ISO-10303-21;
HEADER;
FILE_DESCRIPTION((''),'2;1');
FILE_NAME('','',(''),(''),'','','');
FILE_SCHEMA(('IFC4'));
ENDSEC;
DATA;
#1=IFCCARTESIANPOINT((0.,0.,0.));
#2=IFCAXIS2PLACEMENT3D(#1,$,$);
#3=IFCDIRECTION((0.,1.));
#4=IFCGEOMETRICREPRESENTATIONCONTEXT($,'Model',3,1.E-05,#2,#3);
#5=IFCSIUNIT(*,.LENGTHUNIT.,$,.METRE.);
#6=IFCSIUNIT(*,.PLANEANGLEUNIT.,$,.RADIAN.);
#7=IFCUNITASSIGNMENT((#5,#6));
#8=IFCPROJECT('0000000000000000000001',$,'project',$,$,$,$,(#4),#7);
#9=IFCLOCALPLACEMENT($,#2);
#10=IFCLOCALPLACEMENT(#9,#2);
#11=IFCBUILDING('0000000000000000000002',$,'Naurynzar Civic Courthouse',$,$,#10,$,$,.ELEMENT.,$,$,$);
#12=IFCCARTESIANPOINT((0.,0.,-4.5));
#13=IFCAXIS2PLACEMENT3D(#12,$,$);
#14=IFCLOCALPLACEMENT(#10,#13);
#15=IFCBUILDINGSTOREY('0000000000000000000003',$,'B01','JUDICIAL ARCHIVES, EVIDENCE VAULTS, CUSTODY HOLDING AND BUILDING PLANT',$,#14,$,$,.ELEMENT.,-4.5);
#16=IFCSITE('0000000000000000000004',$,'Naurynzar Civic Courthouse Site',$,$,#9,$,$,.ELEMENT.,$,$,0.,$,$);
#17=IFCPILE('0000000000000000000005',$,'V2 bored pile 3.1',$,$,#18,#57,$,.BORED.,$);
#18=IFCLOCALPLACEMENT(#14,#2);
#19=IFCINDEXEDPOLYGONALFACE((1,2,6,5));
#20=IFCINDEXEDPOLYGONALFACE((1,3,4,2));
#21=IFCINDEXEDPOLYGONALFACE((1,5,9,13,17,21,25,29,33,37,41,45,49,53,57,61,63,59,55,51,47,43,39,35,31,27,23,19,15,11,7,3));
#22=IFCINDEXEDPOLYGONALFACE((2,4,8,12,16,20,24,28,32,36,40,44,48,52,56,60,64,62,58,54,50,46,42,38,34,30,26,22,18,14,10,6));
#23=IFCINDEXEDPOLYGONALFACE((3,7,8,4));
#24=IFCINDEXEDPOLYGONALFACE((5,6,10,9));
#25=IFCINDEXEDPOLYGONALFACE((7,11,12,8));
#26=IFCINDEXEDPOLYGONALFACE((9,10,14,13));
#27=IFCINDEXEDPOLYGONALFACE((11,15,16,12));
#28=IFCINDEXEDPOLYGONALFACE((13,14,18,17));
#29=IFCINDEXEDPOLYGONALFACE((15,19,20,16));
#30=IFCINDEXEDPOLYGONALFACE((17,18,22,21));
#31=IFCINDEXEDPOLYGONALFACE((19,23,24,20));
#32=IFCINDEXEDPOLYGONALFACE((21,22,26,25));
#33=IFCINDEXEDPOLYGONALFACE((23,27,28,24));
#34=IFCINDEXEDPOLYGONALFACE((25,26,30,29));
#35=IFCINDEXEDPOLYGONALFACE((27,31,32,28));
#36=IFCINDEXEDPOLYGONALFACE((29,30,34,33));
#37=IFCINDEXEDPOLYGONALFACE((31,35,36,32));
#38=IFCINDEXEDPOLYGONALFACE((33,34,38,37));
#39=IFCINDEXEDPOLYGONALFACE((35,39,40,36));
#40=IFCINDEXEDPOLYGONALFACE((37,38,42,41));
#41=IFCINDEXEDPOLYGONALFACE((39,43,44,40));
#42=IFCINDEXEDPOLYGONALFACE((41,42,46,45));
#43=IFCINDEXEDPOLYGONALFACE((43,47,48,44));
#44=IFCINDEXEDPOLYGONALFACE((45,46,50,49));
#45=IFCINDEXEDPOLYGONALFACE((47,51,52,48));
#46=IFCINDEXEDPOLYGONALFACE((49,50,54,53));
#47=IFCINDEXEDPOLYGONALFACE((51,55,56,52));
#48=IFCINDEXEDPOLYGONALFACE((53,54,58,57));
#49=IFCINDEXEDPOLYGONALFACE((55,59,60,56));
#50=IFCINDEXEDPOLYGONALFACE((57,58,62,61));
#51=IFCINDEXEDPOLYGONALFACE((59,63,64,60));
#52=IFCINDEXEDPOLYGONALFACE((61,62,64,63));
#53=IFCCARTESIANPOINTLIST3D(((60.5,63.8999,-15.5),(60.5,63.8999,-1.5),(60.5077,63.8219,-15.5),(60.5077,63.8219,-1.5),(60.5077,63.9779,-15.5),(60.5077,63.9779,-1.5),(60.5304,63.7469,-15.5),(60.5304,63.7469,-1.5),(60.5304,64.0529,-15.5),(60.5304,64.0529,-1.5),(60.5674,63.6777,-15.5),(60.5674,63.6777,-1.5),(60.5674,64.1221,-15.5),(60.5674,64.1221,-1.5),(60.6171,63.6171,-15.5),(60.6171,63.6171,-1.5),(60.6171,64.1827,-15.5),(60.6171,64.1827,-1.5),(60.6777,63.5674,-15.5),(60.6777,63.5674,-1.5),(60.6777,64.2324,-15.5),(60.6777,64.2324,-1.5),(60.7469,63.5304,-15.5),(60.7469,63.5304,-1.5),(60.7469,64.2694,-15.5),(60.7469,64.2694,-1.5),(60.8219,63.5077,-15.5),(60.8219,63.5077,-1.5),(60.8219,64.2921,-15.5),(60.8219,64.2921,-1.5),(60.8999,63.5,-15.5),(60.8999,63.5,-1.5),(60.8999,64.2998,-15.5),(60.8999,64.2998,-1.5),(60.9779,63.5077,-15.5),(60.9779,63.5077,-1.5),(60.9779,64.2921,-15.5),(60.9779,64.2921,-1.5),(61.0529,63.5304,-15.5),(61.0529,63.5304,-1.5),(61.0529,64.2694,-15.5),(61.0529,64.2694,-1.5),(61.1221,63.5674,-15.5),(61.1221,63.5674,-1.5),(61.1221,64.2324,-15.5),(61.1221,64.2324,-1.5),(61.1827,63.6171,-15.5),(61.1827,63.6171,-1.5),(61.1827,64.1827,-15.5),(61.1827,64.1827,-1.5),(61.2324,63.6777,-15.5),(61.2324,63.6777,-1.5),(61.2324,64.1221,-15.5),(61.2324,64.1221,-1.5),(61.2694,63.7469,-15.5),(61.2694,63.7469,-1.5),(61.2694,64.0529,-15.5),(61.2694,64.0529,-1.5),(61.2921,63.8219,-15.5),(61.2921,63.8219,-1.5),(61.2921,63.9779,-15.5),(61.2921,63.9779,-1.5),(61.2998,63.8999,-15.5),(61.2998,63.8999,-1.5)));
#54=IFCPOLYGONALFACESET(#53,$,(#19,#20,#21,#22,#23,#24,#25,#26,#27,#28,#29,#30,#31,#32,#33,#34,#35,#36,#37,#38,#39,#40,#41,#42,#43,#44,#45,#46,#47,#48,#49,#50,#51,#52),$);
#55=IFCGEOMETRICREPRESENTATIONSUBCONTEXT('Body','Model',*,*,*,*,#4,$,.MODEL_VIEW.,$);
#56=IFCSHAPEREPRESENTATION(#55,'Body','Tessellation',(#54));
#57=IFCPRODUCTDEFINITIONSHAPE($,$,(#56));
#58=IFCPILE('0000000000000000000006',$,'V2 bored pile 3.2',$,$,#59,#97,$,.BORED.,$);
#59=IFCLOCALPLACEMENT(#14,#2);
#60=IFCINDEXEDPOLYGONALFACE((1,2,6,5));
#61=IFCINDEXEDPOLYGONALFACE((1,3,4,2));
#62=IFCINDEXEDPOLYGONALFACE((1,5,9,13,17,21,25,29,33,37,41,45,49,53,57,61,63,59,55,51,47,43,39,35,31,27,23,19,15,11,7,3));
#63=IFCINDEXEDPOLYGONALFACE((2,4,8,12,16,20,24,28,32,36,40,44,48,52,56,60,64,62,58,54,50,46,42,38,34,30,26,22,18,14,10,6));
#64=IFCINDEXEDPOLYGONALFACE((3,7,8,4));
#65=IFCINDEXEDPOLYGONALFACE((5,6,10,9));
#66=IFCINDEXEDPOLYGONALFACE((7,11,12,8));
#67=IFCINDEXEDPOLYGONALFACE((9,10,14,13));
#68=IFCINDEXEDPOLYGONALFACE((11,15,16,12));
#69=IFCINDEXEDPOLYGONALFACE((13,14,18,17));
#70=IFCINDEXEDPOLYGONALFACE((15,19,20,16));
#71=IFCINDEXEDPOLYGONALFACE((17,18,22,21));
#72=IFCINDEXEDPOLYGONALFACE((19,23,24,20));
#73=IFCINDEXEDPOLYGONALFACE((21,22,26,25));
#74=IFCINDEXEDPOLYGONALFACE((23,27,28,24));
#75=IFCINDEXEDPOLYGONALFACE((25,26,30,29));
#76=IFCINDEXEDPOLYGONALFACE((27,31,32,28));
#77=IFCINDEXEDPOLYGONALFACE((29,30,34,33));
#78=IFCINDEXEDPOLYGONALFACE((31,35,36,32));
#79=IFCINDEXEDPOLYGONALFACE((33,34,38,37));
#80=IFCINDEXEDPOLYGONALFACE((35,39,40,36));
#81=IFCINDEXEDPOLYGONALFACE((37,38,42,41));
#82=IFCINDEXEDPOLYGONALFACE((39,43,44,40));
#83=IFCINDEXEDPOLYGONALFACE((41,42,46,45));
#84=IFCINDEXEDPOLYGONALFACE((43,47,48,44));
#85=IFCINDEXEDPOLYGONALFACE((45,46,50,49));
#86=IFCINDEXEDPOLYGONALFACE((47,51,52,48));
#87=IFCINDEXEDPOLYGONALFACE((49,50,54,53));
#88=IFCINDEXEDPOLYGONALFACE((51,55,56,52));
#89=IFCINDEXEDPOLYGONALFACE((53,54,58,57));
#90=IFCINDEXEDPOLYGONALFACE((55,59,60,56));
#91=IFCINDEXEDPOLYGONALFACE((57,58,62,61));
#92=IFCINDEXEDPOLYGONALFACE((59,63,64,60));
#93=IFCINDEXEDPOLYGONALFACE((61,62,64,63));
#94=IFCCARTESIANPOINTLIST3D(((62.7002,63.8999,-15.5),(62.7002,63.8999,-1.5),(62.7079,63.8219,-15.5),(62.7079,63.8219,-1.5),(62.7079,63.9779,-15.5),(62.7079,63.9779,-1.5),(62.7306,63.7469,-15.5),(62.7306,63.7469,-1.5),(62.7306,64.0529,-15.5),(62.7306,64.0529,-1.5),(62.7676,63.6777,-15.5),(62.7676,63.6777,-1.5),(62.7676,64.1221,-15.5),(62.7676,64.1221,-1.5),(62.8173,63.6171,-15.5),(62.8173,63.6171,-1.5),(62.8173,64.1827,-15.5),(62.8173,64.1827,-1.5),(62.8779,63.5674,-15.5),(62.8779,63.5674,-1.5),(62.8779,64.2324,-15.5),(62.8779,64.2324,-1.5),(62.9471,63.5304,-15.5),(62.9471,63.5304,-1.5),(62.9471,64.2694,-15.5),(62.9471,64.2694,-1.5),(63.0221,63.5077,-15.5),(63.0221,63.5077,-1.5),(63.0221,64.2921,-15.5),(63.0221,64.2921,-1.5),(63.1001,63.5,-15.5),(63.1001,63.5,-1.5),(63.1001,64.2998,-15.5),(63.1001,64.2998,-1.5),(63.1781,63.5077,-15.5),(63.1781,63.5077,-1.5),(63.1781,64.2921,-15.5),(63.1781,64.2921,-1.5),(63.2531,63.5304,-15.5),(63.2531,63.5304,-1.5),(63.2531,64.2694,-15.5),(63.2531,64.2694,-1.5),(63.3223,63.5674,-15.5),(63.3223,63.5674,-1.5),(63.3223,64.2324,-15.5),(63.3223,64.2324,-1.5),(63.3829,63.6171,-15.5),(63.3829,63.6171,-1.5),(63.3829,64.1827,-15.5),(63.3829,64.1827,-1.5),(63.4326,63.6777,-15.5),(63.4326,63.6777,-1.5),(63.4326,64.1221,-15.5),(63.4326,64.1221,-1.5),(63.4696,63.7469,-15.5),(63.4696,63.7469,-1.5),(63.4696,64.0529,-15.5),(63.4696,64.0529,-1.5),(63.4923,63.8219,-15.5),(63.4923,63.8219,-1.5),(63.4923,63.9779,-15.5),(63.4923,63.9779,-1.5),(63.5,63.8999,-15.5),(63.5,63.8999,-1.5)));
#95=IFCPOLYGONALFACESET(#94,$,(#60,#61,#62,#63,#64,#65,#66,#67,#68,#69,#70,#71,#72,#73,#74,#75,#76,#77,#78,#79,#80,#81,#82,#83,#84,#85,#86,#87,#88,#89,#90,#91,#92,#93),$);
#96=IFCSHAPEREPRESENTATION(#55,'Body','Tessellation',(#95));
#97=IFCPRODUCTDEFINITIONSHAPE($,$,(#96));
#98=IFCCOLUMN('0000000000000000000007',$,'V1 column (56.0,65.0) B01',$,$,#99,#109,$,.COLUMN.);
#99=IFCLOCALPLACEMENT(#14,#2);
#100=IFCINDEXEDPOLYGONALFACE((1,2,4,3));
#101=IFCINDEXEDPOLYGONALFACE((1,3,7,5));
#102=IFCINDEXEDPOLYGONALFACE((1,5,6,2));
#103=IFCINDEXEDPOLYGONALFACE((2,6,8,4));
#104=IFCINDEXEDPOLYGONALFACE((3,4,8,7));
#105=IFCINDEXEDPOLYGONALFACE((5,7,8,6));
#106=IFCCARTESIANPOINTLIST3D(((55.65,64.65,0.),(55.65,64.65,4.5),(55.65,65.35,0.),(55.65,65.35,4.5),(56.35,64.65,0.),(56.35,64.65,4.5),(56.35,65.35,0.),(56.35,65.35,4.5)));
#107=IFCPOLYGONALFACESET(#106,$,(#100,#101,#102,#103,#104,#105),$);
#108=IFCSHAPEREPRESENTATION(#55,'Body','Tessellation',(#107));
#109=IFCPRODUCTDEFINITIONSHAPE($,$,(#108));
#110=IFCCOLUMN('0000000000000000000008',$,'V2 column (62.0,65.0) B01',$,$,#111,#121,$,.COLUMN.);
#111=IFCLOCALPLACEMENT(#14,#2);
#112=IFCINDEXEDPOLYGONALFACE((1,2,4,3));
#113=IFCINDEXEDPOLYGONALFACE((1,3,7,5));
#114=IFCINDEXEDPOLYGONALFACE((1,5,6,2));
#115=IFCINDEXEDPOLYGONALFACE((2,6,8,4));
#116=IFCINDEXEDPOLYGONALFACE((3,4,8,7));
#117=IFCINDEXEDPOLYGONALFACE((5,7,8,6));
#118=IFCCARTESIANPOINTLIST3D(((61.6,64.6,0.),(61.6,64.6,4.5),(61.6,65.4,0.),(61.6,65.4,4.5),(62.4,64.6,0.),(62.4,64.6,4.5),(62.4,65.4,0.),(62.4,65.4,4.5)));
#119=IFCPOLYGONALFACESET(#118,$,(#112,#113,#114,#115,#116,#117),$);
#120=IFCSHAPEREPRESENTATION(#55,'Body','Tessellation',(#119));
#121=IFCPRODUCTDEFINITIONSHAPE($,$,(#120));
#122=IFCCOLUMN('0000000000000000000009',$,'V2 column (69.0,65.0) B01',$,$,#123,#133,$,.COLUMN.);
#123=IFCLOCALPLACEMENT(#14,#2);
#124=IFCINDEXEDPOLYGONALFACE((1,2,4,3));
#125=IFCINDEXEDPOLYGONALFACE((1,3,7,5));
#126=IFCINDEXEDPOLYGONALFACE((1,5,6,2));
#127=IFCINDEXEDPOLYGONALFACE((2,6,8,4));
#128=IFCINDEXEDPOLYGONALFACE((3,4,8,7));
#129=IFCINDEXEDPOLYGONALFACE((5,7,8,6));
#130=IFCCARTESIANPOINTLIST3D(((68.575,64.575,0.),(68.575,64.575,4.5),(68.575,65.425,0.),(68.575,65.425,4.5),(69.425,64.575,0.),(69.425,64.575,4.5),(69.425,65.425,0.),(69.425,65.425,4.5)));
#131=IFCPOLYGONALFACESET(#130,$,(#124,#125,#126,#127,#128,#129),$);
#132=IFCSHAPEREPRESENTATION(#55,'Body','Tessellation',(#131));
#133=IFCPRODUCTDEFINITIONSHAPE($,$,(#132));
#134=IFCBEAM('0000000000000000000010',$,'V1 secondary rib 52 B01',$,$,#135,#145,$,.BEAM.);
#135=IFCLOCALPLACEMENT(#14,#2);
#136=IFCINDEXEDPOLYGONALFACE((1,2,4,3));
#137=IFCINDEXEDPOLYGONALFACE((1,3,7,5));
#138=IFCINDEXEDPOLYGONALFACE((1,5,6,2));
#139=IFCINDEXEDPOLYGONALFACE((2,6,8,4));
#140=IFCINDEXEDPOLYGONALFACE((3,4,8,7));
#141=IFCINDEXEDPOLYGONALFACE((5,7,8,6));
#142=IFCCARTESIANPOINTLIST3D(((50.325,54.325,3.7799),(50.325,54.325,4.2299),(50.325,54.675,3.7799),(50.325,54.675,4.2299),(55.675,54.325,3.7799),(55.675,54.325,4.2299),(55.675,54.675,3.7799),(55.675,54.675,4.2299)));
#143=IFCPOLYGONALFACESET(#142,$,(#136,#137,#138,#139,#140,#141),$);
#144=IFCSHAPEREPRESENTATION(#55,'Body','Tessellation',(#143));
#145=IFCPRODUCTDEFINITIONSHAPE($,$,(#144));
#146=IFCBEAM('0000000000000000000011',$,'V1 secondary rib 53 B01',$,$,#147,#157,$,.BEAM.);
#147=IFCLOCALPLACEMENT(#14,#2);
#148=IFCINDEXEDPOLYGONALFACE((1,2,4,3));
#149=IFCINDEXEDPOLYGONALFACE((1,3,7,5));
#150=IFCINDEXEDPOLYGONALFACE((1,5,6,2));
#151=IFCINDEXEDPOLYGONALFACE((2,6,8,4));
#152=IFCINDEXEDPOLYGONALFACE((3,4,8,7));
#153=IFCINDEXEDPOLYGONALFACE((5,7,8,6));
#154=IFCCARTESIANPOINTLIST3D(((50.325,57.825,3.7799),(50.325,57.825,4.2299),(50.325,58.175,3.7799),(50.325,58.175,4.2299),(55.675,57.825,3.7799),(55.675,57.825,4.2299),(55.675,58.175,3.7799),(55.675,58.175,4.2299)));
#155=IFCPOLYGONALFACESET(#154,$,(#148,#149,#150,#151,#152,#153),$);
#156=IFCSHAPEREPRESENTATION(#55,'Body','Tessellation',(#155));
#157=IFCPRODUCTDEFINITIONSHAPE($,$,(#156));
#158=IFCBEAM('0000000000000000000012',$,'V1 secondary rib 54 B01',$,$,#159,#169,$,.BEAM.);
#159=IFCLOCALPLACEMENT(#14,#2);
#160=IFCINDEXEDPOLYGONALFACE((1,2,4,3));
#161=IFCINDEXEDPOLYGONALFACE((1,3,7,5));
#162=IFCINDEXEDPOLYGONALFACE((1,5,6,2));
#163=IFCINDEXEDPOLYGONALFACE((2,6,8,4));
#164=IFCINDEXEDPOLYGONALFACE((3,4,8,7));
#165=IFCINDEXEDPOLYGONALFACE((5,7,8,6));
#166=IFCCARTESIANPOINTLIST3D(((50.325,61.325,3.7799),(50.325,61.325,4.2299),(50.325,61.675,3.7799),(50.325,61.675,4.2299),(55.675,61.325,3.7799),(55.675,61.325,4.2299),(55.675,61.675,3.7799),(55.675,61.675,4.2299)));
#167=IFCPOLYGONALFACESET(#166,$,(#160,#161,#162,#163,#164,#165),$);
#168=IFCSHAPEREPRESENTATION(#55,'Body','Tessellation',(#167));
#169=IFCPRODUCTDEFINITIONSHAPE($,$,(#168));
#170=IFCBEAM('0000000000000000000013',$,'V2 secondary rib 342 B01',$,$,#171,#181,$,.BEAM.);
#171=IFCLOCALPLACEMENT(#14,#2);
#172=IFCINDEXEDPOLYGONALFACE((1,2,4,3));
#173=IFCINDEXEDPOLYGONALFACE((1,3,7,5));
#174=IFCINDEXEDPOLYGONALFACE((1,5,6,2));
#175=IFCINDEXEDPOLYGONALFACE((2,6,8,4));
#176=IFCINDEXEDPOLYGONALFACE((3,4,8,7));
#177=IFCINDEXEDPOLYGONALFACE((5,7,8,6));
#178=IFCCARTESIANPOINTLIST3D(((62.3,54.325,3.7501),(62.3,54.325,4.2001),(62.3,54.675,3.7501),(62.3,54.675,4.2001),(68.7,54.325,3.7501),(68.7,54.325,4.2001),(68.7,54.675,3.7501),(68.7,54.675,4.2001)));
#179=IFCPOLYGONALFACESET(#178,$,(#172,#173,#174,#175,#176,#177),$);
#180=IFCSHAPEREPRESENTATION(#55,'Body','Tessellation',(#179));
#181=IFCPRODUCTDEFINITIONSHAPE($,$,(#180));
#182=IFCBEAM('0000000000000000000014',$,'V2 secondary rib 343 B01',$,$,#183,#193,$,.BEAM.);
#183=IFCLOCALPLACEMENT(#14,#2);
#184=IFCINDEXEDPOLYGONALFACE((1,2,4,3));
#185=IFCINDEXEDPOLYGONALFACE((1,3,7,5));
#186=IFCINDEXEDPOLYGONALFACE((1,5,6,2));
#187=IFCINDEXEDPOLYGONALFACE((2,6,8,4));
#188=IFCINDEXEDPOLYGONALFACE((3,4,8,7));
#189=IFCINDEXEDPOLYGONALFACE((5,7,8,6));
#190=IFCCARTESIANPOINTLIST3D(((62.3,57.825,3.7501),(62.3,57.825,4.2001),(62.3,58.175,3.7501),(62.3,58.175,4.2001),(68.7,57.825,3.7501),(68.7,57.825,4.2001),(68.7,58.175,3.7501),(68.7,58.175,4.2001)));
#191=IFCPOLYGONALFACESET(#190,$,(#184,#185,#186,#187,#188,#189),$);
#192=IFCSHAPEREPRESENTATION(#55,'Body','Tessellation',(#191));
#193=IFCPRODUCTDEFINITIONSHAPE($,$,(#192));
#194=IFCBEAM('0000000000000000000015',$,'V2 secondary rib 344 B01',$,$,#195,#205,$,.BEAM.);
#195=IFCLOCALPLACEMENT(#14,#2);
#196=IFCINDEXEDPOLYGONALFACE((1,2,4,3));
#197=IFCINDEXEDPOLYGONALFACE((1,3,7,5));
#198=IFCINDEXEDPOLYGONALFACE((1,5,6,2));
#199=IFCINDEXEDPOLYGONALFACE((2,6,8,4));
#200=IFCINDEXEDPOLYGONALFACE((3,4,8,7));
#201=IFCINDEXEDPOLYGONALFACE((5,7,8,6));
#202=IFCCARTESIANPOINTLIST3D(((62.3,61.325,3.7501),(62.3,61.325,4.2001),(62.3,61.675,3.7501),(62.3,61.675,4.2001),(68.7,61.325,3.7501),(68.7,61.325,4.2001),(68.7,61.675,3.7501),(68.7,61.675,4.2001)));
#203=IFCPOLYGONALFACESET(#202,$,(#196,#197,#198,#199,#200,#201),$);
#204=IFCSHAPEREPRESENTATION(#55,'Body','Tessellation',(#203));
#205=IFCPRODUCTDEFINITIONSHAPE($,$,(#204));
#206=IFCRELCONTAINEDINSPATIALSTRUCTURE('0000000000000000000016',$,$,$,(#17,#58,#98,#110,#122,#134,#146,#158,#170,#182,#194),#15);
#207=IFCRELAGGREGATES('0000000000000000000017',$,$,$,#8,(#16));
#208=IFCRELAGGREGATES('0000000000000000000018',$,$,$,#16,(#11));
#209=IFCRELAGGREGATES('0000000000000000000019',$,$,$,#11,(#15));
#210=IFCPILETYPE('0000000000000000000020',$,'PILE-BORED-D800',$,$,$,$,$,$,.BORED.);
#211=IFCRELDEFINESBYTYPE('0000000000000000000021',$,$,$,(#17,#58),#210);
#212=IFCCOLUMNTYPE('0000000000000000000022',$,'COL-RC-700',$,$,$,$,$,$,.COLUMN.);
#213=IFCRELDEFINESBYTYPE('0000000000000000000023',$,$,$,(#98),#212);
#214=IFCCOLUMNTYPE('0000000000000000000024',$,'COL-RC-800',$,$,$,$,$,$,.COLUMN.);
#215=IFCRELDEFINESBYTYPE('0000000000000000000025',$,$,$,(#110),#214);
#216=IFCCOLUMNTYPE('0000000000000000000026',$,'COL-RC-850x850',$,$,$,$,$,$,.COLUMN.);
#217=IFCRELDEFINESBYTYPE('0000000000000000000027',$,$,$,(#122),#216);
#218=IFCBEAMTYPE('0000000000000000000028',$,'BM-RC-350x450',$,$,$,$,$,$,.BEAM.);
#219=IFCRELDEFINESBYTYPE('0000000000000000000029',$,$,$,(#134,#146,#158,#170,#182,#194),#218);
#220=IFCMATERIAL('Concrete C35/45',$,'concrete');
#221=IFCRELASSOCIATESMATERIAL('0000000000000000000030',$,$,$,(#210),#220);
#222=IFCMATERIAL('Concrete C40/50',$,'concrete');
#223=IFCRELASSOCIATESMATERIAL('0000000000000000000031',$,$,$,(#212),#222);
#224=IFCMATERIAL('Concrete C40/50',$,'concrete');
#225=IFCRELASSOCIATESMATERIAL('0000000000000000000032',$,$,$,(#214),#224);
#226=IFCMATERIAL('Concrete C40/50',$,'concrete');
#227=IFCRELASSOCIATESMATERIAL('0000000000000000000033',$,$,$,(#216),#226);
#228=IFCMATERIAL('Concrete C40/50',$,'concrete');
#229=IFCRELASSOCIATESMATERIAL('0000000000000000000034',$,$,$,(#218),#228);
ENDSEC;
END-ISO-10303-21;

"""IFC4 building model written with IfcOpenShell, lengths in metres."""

from ifc_helpers import new_model, si_unit, direction, frame, origin, origin_2d, place, context, subcontext, project, spatial, rectangle, circle, extrude, material, material_profile, profile_set, type_object, element, save


model = new_model("IFC4")

# Units and contexts
model_context = context("Model", 3, precision=1e-05, world=origin(), true_north=direction((0.0, 1.0)))
body_context = subcontext(model_context, "Body", "Model", "MODEL_VIEW")
ifc_project = project(units=[si_unit("LENGTHUNIT", "METRE"), si_unit("PLANEANGLEUNIT", "RADIAN")], contexts=[model_context])

# Site, building, storey
site_placement = place(None, origin())
site = spatial("IfcSite", under=ifc_project, at=site_placement, Name="Naurynzar Civic Courthouse Site", CompositionType="ELEMENT", RefElevation=0.0)
building_placement = place(site_placement, origin())
building = spatial("IfcBuilding", under=site, at=building_placement, Name="Naurynzar Civic Courthouse", CompositionType="ELEMENT")
storey_placement = place(building_placement, frame((0.0, 0.0, -4.5)))
storey = spatial("IfcBuildingStorey", under=building, at=storey_placement, Name="B01", Description="JUDICIAL ARCHIVES, EVIDENCE VAULTS, CUSTODY HOLDING AND BUILDING PLANT", CompositionType="ELEMENT", Elevation=-4.5)

# Piles
ifc_material_1 = material(Name="Concrete C35/45", Category="concrete")
ifc_material_profile_1 = material_profile(ifc_material_1, circle(Radius=0.3999, at=origin_2d()), Name="PILE D800")
ifc_profile_set_1 = profile_set([ifc_material_profile_1], Name="Concrete C35/45")
pile_type_1 = type_object("IfcPileType", Name="PILE-BORED-D800", PredefinedType="BORED", material=ifc_profile_set_1)
for number, where, z_axis, x_axis, name in (
    (1, (60.8999, 63.8999, -1.5), (0.0, 0.0, -1.0), (1.0, 0.0, 0.0), "V2 bored pile 3.1"),
    (2, (63.1001, 63.8999, -1.5), (0.0, 0.0, -1.0), (1.0, 0.0, 0.0), "V2 bored pile 3.2"),
):
    element("IfcPile", number, at=place(storey_placement, frame(where, z_axis=z_axis, x_axis=x_axis)), inside=storey, type_object=pile_type_1, Name=name, PredefinedType="BORED", context=body_context, shape_type="SweptSolid", body=[
        extrude(circle(Radius=0.3999, at=origin_2d()), origin(), (0.0, 0.0, 1.0), 14.0),
    ])

# Columns
ifc_material_2 = material(Name="Concrete C40/50", Category="concrete")
ifc_material_profile_2 = material_profile(ifc_material_2, rectangle(XDim=0.7, YDim=0.7, at=origin_2d()), Name="RC 700x700")
ifc_profile_set_2 = profile_set([ifc_material_profile_2], Name="Concrete C40/50")
column_type_1 = type_object("IfcColumnType", Name="COL-RC-700", PredefinedType="COLUMN", material=ifc_profile_set_2)
column_1_placement = place(storey_placement, frame((56.0, 65.0, 0.0), z_axis=(0.0, 0.0, 1.0), x_axis=(1.0, 0.0, 0.0)))
element("IfcColumn", 3, at=column_1_placement, inside=storey, type_object=column_type_1, Name="V1 column (56.0,65.0) B01", PredefinedType="COLUMN", context=body_context, shape_type="SweptSolid", body=[
    extrude(rectangle(XDim=0.7, YDim=0.7, at=origin_2d()), origin(), (0.0, 0.0, 1.0), 4.5),
])
ifc_material_3 = material(Name="Concrete C40/50", Category="concrete")
ifc_material_profile_3 = material_profile(ifc_material_3, rectangle(XDim=0.8, YDim=0.8, at=origin_2d()), Name="RC 800x800")
ifc_profile_set_3 = profile_set([ifc_material_profile_3], Name="Concrete C40/50")
column_type_2 = type_object("IfcColumnType", Name="COL-RC-800", PredefinedType="COLUMN", material=ifc_profile_set_3)
column_2_placement = place(storey_placement, frame((62.0, 65.0, 0.0), z_axis=(0.0, 0.0, 1.0), x_axis=(1.0, 0.0, 0.0)))
element("IfcColumn", 4, at=column_2_placement, inside=storey, type_object=column_type_2, Name="V2 column (62.0,65.0) B01", PredefinedType="COLUMN", context=body_context, shape_type="SweptSolid", body=[
    extrude(rectangle(XDim=0.8, YDim=0.8, at=origin_2d()), origin(), (0.0, 0.0, 1.0), 4.5),
])
ifc_material_4 = material(Name="Concrete C40/50", Category="concrete")
ifc_material_profile_4 = material_profile(ifc_material_4, rectangle(XDim=0.8501, YDim=0.8501, at=origin_2d()), Name="RC 850x850")
ifc_profile_set_4 = profile_set([ifc_material_profile_4], Name="Concrete C40/50")
column_type_3 = type_object("IfcColumnType", Name="COL-RC-850x850", PredefinedType="COLUMN", material=ifc_profile_set_4)
column_3_placement = place(storey_placement, frame((69.0, 65.0, 0.0), z_axis=(0.0, 0.0, 1.0), x_axis=(1.0, 0.0, 0.0)))
element("IfcColumn", 5, at=column_3_placement, inside=storey, type_object=column_type_3, Name="V2 column (69.0,65.0) B01", PredefinedType="COLUMN", context=body_context, shape_type="SweptSolid", body=[
    extrude(rectangle(XDim=0.8501, YDim=0.8501, at=origin_2d()), origin(), (0.0, 0.0, 1.0), 4.5),
])

# Beams
ifc_material_5 = material(Name="Concrete C40/50", Category="concrete")
ifc_material_profile_5 = material_profile(ifc_material_5, rectangle(XDim=0.3501, YDim=0.45, at=origin_2d()), Name="RCB 350x450")
ifc_profile_set_5 = profile_set([ifc_material_profile_5], Name="Concrete C40/50")
beam_type_1 = type_object("IfcBeamType", Name="BM-RC-350x450", PredefinedType="BEAM", material=ifc_profile_set_5)
for number, where, z_axis, x_axis, name in (
    (6, (50.325, 54.5, 4.0049), (1.0, 0.0, 0.0), (0.0, 1.0, 0.0), "V1 secondary rib 52 B01"),
    (7, (50.325, 58.0, 4.0049), (1.0, 0.0, 0.0), (0.0, 1.0, 0.0), "V1 secondary rib 53 B01"),
    (8, (50.325, 61.5, 4.0049), (1.0, 0.0, 0.0), (0.0, 1.0, 0.0), "V1 secondary rib 54 B01"),
):
    element("IfcBeam", number, at=place(storey_placement, frame(where, z_axis=z_axis, x_axis=x_axis)), inside=storey, type_object=beam_type_1, Name=name, PredefinedType="BEAM", context=body_context, shape_type="SweptSolid", body=[
        extrude(rectangle(XDim=0.3501, YDim=0.45, at=origin_2d()), origin(), (0.0, 0.0, 1.0), 5.3501),
    ])
for number, where, z_axis, x_axis, name in (
    (9, (62.3, 54.5, 3.9751), (1.0, 0.0, 0.0), (0.0, 1.0, 0.0), "V2 secondary rib 342 B01"),
    (10, (62.3, 58.0, 3.9751), (1.0, 0.0, 0.0), (0.0, 1.0, 0.0), "V2 secondary rib 343 B01"),
    (11, (62.3, 61.5, 3.9751), (1.0, 0.0, 0.0), (0.0, 1.0, 0.0), "V2 secondary rib 344 B01"),
):
    element("IfcBeam", number, at=place(storey_placement, frame(where, z_axis=z_axis, x_axis=x_axis)), inside=storey, type_object=beam_type_1, Name=name, PredefinedType="BEAM", context=body_context, shape_type="SweptSolid", body=[
        extrude(rectangle(XDim=0.3501, YDim=0.45, at=origin_2d()), origin(), (0.0, 0.0, 1.0), 6.3999),
    ])

save(model, "model.ifc")
